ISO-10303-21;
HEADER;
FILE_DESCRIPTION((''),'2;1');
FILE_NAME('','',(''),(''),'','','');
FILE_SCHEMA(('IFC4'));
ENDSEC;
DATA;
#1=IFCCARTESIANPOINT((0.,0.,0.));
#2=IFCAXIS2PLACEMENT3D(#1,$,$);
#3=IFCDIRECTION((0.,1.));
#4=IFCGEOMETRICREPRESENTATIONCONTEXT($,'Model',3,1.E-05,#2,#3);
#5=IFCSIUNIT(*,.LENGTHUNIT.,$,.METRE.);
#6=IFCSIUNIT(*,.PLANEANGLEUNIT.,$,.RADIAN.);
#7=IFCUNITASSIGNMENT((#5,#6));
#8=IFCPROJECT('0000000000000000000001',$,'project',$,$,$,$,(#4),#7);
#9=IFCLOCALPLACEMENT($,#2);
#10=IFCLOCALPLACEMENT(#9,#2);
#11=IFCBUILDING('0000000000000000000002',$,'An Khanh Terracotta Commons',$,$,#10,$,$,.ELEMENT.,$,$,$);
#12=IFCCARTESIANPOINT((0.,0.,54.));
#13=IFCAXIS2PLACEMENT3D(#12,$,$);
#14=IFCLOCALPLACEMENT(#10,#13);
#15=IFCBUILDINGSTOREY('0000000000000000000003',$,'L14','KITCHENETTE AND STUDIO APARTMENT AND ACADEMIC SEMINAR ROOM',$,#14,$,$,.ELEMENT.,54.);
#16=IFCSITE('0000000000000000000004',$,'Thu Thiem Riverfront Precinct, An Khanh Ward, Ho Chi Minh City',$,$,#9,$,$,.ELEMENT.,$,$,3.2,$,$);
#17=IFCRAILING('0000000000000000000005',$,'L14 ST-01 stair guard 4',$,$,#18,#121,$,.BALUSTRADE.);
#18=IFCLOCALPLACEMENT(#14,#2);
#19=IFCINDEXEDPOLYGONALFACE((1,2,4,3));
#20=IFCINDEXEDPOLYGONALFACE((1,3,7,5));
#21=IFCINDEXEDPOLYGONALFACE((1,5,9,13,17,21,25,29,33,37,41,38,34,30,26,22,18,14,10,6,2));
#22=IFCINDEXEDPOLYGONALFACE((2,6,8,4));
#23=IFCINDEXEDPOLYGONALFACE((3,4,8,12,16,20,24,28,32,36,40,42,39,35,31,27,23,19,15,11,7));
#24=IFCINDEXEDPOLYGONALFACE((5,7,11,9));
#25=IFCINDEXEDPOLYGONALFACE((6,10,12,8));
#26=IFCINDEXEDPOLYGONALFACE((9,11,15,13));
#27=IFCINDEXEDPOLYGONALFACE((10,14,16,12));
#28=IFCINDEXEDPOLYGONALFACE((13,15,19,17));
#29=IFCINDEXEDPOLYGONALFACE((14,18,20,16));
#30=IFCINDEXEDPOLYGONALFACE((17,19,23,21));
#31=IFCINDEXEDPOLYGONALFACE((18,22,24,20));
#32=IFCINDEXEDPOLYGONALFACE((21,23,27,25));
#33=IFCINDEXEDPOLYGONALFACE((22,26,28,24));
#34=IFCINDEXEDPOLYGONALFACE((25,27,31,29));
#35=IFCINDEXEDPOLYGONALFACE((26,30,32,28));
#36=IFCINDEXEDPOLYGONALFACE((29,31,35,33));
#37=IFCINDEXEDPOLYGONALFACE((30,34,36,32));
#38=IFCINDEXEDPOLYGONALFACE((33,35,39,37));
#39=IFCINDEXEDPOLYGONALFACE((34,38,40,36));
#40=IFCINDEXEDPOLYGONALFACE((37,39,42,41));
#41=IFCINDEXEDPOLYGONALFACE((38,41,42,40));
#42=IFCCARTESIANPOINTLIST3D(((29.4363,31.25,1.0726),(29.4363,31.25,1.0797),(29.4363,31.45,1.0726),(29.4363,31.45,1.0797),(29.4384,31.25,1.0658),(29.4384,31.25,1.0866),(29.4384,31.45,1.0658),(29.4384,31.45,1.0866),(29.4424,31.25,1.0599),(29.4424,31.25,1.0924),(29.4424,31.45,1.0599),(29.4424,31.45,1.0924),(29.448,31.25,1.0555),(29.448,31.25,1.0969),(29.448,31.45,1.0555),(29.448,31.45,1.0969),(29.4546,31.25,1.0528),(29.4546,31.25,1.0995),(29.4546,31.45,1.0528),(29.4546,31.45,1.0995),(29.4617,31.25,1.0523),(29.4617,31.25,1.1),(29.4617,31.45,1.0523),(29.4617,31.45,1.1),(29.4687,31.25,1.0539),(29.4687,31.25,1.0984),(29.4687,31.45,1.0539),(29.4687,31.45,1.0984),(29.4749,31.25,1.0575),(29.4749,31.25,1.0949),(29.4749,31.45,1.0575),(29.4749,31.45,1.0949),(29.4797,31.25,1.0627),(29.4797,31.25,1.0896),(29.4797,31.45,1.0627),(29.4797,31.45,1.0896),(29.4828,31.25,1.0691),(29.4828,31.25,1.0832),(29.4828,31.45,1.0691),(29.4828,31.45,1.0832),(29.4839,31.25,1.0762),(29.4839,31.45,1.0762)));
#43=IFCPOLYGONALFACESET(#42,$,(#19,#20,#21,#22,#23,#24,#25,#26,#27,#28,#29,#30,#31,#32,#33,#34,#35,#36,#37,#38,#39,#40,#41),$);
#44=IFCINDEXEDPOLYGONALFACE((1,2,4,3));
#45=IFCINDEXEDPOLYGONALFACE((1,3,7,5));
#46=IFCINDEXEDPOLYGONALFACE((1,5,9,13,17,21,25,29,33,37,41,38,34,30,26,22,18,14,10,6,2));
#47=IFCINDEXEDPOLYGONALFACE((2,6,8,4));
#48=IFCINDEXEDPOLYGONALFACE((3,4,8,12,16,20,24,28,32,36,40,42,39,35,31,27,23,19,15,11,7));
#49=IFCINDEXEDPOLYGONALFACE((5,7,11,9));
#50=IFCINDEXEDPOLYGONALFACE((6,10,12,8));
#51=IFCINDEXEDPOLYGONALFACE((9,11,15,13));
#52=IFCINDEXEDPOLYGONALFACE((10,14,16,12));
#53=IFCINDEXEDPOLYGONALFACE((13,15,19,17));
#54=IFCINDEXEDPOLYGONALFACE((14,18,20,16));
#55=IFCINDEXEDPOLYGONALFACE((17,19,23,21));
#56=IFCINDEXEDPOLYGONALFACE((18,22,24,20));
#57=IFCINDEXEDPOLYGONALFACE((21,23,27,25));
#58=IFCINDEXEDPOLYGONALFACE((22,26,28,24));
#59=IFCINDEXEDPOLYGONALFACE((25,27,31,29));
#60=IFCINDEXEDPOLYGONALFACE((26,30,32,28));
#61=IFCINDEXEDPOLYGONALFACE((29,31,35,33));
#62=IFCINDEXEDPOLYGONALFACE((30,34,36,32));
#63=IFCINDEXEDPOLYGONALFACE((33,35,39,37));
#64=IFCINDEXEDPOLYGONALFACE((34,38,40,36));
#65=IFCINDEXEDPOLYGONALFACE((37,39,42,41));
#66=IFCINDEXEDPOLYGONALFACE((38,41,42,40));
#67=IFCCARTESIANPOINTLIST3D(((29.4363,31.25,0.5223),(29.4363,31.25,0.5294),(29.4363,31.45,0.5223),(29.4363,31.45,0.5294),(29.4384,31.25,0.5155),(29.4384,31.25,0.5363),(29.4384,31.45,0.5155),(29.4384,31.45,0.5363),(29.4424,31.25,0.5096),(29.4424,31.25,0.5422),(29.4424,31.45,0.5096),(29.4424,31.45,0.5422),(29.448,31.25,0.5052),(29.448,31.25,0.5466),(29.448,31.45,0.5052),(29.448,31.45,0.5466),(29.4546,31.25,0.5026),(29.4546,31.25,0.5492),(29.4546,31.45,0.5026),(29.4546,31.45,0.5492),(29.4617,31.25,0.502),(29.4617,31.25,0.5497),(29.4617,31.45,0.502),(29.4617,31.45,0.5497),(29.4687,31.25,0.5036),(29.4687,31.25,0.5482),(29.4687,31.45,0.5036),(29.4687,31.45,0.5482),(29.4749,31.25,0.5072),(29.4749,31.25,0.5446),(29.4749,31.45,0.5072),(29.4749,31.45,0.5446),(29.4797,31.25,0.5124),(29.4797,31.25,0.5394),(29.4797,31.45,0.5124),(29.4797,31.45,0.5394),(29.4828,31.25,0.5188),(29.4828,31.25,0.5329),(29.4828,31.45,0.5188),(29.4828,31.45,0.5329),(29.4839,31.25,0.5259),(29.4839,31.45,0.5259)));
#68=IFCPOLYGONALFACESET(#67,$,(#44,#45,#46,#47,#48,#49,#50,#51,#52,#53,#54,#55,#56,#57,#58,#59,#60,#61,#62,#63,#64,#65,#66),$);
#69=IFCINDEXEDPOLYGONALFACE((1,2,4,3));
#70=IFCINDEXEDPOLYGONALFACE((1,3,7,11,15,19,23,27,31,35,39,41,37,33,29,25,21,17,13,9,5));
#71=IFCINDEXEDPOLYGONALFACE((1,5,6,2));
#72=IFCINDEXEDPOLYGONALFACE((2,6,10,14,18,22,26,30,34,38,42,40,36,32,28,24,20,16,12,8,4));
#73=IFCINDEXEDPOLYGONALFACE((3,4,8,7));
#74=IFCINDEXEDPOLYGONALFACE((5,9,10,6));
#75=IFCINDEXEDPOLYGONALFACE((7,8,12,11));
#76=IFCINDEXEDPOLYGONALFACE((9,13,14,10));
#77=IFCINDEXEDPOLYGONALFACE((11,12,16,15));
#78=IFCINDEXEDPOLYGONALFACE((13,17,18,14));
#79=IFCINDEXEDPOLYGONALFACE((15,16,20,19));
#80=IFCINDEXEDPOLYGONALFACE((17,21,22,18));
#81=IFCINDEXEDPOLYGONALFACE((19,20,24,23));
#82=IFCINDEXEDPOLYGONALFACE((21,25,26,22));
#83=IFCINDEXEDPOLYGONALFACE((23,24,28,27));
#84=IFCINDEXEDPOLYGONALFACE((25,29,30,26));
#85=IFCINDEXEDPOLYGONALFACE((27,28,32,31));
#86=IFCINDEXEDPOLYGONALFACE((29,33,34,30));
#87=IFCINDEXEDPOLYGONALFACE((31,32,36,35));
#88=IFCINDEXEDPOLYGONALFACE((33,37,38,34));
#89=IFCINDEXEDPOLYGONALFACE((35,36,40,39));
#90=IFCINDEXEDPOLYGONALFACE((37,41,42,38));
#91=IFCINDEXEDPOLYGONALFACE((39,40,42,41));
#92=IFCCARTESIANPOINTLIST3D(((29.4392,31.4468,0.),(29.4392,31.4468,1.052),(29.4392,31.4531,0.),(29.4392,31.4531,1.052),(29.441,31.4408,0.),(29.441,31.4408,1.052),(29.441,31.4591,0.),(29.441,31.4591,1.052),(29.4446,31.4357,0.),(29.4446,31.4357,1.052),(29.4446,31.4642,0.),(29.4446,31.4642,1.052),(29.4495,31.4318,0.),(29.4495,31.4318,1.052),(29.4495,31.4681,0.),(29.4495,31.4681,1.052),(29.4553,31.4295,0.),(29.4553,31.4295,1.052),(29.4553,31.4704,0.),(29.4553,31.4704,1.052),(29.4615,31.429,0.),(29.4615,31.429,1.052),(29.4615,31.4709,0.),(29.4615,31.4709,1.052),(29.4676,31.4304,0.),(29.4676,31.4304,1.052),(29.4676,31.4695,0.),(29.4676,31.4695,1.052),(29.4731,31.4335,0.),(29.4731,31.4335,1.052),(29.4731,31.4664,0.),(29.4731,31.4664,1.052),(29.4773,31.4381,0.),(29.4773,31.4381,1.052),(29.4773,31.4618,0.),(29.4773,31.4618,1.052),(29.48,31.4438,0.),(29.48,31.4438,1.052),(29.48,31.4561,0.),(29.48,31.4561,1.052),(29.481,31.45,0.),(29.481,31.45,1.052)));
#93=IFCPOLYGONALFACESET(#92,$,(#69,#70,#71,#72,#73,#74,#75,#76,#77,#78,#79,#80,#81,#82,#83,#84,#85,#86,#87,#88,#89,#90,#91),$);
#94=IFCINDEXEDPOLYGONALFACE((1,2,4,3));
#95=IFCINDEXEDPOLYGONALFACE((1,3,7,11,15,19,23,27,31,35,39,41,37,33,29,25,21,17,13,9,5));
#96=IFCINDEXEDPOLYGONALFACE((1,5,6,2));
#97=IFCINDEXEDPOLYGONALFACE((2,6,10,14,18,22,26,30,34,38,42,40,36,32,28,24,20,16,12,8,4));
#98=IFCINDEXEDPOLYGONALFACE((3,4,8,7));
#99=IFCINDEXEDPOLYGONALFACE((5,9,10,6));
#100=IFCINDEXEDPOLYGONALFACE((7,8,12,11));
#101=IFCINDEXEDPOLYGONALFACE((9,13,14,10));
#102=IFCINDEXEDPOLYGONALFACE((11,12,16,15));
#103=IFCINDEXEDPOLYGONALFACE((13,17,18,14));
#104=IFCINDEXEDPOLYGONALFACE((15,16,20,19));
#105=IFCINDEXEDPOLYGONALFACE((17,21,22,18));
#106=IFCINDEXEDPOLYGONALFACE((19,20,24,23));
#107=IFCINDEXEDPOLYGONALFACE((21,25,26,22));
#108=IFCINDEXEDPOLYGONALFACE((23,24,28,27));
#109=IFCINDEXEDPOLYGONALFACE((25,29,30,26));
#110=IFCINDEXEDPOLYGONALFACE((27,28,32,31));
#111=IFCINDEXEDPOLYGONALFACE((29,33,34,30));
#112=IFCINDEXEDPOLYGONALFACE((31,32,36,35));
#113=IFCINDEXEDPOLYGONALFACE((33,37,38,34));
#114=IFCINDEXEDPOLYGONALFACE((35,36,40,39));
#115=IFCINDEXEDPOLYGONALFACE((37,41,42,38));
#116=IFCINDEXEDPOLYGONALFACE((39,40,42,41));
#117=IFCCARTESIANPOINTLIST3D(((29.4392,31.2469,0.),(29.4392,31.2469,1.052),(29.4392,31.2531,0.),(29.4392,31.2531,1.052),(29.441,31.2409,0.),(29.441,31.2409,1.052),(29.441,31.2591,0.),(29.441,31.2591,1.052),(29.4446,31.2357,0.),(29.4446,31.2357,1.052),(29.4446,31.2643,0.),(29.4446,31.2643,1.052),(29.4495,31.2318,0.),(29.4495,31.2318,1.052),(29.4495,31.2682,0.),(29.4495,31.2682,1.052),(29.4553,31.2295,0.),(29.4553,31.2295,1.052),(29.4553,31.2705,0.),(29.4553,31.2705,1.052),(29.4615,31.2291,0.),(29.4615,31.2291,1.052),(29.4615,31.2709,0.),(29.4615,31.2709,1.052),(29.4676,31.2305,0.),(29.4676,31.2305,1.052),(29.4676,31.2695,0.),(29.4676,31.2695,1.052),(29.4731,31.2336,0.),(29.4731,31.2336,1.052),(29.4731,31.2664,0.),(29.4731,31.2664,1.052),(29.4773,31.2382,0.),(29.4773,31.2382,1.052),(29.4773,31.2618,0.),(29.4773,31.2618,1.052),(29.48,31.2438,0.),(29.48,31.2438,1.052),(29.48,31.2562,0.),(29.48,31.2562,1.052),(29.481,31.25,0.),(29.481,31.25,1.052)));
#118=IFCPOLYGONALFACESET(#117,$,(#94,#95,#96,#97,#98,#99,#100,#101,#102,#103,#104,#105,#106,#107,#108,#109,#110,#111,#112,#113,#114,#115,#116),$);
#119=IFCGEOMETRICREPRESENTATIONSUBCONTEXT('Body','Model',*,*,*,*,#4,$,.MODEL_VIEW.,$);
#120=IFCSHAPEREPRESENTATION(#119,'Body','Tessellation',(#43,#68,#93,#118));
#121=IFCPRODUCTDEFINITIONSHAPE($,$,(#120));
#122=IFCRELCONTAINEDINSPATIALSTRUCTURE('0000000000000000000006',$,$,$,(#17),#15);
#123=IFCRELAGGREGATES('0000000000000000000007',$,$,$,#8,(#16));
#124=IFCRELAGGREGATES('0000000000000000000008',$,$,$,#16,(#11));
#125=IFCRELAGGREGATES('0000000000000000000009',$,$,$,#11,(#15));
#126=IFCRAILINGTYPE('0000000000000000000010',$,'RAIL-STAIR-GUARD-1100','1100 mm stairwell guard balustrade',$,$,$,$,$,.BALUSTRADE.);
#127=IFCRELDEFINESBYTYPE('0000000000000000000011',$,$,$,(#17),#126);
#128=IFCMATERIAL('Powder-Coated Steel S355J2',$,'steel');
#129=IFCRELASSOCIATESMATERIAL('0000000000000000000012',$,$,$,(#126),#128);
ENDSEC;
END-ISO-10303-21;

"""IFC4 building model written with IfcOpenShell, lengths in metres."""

from ifc_helpers import new_model, si_unit, direction, frame, origin, origin_2d, place, context, subcontext, project, spatial, circle, extrude, material, type_object, element, save


model = new_model("IFC4")

# Units and contexts
model_context = context("Model", 3, precision=1e-05, world=origin(), true_north=direction((0.0, 1.0)))
body_context = subcontext(model_context, "Body", "Model", "MODEL_VIEW")
ifc_project = project(units=[si_unit("LENGTHUNIT", "METRE"), si_unit("PLANEANGLEUNIT", "RADIAN")], contexts=[model_context])

# Site, building, storey
site_placement = place(None, origin())
site = spatial("IfcSite", under=ifc_project, at=site_placement, Name="Thu Thiem Riverfront Precinct, An Khanh Ward, Ho Chi Minh City", CompositionType="ELEMENT", RefElevation=3.2)
building_placement = place(site_placement, origin())
building = spatial("IfcBuilding", under=site, at=building_placement, Name="An Khanh Terracotta Commons", CompositionType="ELEMENT")
storey_placement = place(building_placement, frame((0.0, 0.0, 54.0)))
storey = spatial("IfcBuildingStorey", under=building, at=storey_placement, Name="L14", Description="KITCHENETTE AND STUDIO APARTMENT AND ACADEMIC SEMINAR ROOM", CompositionType="ELEMENT", Elevation=54.0)

# Railing
ifc_material_1 = material(Name="Powder-Coated Steel S355J2", Category="steel")
railing_type_1 = type_object("IfcRailingType", Name="RAIL-STAIR-GUARD-1100", Description="1100 mm stairwell guard balustrade", PredefinedType="BALUSTRADE", material=ifc_material_1)
railing_1_placement = place(storey_placement, frame((29.46, 31.45, 0.0)))
element("IfcRailing", 1, at=railing_1_placement, inside=storey, type_object=railing_type_1, Name="L14 ST-01 stair guard 4", PredefinedType="BALUSTRADE", context=body_context, shape_type="SweptSolid", body=[
    extrude(circle(Radius=0.0239, at=origin_2d()), frame((0.0, 0.0, 1.0762), z_axis=(0.0, -1.0, 0.0), x_axis=(1.0, 0.0, 0.0)), (0.0, 0.0, 1.0), 0.2),
    extrude(circle(Radius=0.0239, at=origin_2d()), frame((0.0, 0.0, 0.5259), z_axis=(0.0, -1.0, 0.0), x_axis=(1.0, 0.0, 0.0)), (0.0, 0.0, 1.0), 0.2),
    extrude(circle(Radius=0.021, at=origin_2d()), origin(), (0.0, 0.0, 1.0), 1.052),
    extrude(circle(Radius=0.021, at=origin_2d()), frame((0.0, -0.2, 0.0)), (0.0, 0.0, 1.0), 1.052),
])

save(model, "model.ifc")
